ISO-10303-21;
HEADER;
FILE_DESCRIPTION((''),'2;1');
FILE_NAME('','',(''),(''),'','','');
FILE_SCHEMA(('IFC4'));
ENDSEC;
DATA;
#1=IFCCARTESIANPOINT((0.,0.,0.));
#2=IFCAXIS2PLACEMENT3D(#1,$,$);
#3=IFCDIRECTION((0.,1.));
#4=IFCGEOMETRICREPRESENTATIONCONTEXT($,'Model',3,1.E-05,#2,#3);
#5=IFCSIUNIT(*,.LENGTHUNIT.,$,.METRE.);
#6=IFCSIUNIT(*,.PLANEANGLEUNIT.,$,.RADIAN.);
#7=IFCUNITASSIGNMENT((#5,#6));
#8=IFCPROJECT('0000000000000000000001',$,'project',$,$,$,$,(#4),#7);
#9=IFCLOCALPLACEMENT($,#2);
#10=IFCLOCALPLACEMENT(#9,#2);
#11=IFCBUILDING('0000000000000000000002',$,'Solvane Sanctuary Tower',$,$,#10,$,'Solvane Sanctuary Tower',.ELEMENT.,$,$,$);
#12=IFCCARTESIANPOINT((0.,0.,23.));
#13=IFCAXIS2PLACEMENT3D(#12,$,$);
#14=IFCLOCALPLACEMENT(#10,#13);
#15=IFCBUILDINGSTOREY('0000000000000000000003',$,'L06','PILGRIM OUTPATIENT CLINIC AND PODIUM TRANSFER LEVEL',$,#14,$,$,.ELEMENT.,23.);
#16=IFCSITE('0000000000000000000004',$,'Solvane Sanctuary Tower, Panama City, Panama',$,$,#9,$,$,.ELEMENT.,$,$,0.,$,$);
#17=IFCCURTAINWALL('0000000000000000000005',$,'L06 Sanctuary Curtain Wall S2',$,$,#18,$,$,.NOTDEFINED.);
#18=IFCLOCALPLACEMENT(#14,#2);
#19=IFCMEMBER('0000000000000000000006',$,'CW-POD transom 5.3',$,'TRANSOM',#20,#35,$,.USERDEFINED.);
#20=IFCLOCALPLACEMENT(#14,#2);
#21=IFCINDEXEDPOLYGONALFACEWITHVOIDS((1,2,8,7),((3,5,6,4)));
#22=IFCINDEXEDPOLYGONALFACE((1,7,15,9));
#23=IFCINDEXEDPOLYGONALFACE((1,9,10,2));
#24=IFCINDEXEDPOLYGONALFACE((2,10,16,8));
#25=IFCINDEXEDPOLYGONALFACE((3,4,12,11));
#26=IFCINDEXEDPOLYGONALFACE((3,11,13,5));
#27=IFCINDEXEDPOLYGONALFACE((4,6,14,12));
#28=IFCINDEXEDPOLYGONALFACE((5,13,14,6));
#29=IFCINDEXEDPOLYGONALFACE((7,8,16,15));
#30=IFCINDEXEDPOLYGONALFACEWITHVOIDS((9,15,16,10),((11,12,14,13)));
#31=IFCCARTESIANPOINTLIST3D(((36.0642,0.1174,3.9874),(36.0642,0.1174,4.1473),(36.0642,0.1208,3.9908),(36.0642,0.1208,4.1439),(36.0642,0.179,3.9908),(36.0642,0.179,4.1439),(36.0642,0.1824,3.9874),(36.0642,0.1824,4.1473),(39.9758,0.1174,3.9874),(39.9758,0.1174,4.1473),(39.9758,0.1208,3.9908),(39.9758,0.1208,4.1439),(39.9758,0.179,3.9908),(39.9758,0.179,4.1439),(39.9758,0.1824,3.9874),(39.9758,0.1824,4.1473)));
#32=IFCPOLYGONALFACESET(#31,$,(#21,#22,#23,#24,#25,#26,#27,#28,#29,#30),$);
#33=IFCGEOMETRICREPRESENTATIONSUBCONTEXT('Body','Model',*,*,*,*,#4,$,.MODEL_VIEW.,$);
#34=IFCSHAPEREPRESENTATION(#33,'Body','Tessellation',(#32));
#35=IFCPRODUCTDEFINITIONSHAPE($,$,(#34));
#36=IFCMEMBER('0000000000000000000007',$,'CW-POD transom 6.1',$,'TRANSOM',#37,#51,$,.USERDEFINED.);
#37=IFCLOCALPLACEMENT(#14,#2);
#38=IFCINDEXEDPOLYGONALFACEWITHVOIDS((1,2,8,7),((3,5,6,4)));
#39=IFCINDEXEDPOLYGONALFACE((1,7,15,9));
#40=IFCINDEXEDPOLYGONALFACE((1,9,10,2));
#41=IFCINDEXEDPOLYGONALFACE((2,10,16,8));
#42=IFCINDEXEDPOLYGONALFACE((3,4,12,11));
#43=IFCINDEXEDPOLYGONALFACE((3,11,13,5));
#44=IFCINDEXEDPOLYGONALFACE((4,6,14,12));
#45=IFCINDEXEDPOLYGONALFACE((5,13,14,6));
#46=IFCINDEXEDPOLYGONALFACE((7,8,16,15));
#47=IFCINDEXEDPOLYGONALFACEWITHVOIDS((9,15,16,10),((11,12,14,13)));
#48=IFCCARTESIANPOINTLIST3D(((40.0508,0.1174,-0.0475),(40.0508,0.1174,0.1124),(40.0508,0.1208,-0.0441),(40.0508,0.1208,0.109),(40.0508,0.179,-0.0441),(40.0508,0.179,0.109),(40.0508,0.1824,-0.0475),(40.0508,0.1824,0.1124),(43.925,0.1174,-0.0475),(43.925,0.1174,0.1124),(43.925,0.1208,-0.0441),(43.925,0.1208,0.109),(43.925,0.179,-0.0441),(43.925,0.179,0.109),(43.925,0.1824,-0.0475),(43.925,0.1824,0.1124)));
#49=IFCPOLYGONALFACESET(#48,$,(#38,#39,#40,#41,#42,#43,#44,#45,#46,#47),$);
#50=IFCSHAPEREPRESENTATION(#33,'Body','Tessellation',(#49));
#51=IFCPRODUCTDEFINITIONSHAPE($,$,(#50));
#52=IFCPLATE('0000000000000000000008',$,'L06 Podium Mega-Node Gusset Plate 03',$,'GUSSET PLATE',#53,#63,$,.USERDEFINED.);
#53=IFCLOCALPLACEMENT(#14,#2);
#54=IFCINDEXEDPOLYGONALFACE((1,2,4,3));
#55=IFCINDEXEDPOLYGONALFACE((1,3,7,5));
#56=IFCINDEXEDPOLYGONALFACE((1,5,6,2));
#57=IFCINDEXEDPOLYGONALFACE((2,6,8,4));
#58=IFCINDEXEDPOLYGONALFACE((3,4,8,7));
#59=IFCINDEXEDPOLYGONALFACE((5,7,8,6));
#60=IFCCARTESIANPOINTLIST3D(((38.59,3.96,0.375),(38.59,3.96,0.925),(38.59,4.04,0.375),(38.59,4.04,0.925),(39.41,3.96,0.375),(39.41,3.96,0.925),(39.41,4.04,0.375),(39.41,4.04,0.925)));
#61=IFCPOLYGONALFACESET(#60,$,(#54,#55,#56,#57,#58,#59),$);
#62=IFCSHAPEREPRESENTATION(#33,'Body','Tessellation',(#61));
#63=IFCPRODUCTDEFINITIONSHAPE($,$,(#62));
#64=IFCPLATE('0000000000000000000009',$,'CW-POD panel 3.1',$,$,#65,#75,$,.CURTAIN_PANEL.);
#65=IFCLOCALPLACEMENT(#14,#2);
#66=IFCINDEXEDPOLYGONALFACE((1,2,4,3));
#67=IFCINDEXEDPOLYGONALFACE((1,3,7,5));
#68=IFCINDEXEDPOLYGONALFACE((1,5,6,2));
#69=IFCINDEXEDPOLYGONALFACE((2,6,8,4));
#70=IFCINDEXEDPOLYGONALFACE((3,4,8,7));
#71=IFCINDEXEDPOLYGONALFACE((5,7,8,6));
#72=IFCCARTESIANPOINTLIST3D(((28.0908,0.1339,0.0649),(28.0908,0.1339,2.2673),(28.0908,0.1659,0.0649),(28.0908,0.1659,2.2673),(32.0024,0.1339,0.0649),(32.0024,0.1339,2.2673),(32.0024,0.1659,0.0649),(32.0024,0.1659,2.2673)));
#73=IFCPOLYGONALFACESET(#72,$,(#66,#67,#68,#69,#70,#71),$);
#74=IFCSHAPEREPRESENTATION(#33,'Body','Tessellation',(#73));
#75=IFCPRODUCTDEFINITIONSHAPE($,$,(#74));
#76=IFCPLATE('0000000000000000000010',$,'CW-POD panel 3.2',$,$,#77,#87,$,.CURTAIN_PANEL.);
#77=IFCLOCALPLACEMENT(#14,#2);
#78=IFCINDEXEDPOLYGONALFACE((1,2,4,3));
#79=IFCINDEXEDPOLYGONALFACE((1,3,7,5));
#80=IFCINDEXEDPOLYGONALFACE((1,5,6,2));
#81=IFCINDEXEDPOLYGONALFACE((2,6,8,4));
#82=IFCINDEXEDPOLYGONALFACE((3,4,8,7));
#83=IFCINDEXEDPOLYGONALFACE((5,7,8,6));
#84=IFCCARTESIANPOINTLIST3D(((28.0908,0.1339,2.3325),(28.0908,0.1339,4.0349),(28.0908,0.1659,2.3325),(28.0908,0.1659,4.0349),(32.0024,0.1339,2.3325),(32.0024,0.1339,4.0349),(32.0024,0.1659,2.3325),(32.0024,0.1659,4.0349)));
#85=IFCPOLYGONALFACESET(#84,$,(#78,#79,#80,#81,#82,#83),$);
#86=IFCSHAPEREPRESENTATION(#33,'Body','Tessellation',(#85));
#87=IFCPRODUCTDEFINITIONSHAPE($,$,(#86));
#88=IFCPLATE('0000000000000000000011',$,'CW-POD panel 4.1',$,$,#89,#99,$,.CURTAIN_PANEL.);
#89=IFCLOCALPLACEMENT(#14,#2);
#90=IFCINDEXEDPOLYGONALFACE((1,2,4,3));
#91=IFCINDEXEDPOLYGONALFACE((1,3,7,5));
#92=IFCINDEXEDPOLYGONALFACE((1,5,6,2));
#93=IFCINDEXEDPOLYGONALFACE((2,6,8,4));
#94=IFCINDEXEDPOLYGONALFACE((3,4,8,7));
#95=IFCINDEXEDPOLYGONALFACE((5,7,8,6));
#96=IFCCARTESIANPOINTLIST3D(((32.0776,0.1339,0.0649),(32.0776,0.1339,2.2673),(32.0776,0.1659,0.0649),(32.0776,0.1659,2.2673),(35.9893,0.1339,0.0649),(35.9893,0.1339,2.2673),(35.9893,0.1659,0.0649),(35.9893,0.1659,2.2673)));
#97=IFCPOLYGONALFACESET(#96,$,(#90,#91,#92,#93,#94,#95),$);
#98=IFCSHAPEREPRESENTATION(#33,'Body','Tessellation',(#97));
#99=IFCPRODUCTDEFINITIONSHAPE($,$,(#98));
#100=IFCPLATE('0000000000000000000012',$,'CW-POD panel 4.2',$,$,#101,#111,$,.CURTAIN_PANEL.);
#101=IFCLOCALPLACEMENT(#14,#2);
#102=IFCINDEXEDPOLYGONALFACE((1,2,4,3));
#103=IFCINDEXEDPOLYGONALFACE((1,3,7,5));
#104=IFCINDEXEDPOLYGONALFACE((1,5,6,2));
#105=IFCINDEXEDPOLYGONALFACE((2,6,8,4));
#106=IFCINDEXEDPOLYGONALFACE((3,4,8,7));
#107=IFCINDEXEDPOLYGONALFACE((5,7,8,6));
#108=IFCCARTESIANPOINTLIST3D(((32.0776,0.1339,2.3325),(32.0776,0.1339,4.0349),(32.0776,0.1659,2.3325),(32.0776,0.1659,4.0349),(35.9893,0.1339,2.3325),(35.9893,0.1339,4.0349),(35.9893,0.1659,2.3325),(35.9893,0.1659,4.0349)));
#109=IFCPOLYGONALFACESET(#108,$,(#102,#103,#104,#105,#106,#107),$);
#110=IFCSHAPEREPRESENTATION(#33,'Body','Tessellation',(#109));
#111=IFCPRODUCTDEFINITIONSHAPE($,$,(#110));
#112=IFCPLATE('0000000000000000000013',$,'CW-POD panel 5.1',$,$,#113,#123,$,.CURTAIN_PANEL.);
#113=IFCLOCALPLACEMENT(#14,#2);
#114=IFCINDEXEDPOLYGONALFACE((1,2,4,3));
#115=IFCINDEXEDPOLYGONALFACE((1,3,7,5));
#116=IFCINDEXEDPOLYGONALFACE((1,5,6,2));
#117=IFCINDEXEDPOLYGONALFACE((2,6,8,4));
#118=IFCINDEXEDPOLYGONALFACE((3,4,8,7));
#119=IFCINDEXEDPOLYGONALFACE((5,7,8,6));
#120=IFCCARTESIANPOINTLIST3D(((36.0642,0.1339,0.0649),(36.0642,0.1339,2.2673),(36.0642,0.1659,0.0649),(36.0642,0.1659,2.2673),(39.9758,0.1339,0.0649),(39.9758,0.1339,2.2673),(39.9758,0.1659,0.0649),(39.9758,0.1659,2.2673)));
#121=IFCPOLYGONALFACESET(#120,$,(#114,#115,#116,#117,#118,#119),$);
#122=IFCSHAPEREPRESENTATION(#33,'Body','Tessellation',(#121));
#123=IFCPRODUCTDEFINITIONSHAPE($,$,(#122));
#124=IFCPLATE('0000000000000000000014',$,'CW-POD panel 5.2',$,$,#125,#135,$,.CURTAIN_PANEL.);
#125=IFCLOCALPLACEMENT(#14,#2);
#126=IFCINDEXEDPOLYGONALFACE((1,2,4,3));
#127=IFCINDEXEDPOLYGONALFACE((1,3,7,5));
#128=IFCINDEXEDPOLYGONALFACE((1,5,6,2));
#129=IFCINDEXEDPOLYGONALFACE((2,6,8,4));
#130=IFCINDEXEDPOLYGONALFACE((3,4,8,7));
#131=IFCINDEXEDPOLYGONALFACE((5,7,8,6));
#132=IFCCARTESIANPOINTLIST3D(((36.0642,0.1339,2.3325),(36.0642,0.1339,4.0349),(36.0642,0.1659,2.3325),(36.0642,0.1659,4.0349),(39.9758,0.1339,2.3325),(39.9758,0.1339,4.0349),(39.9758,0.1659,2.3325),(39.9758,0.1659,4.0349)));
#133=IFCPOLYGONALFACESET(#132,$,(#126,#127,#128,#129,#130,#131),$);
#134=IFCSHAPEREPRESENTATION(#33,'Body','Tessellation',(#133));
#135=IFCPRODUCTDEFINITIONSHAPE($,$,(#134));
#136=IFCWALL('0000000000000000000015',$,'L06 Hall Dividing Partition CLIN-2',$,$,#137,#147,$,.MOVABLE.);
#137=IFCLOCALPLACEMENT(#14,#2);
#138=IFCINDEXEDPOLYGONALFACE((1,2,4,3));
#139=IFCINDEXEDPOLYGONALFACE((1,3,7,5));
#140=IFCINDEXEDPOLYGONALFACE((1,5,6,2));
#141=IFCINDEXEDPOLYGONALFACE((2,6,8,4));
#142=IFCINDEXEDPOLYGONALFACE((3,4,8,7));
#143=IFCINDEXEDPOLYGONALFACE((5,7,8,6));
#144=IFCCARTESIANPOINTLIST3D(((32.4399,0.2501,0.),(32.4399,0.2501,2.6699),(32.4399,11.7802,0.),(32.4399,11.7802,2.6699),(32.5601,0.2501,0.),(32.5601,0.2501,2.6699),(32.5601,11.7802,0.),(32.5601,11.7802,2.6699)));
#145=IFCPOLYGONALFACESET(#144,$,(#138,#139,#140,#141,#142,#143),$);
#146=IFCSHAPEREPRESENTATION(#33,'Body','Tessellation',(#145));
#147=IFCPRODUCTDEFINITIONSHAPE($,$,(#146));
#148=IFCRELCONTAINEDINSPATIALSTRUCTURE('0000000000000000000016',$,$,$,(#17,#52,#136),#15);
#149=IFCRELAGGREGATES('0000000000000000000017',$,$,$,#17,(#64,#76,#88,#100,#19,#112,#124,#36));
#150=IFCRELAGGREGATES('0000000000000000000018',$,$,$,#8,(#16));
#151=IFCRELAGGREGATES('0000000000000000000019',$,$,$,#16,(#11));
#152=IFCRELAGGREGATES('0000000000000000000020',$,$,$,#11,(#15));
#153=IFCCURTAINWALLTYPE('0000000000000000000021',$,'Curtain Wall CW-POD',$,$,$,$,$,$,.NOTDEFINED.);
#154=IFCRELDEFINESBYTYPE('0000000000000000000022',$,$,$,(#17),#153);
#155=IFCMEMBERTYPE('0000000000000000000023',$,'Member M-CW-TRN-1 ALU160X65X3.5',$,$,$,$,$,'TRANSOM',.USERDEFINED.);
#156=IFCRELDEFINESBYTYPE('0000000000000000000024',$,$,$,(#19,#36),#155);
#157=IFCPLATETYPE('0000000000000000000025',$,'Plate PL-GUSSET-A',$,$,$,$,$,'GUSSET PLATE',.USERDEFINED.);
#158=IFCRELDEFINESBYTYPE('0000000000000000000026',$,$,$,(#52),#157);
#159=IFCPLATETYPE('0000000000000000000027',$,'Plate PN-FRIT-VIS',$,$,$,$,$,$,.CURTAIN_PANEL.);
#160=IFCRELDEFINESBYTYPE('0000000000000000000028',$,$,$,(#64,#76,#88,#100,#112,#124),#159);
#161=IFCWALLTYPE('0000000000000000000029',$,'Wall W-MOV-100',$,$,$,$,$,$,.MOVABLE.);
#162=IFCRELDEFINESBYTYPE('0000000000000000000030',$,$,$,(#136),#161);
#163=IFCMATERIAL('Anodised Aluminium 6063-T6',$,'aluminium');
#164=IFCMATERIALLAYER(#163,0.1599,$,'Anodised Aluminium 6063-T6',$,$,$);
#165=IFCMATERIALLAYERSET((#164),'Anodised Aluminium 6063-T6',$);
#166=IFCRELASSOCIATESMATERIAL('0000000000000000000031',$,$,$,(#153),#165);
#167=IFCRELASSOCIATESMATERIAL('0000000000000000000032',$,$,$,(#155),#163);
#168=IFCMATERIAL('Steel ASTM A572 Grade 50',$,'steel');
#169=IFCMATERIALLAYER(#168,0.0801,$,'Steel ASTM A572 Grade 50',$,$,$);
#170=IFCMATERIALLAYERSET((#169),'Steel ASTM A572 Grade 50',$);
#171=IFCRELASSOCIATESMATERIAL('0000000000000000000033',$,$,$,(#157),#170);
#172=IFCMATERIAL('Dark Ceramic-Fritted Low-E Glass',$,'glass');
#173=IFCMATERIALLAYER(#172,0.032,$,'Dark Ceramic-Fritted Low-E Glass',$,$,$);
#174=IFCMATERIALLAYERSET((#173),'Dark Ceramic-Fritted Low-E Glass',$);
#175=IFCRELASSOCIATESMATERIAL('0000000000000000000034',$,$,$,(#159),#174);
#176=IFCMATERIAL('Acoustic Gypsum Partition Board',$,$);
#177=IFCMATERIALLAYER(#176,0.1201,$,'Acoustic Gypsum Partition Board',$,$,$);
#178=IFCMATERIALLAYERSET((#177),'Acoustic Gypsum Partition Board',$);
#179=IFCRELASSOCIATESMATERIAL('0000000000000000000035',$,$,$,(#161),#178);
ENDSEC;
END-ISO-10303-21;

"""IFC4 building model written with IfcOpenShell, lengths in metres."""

from ifc_helpers import new_model, si_unit, direction, frame, frame_2d, origin, origin_2d, place, context, subcontext, project, spatial, rectangle, hollow_rectangle, extrude, material, layer, layer_set, material_profile, profile_set, type_object, element, aggregate, save


model = new_model("IFC4")

# Units and contexts
model_context = context("Model", 3, precision=1e-05, world=origin(), true_north=direction((0.0, 1.0)))
body_context = subcontext(model_context, "Body", "Model", "MODEL_VIEW")
ifc_project = project(units=[si_unit("LENGTHUNIT", "METRE"), si_unit("PLANEANGLEUNIT", "RADIAN")], contexts=[model_context])

# Site, building, storey
site_placement = place(None, origin())
site = spatial("IfcSite", under=ifc_project, at=site_placement, Name="Solvane Sanctuary Tower, Panama City, Panama", CompositionType="ELEMENT", RefElevation=0.0)
building_placement = place(site_placement, origin())
building = spatial("IfcBuilding", under=site, at=building_placement, Name="Solvane Sanctuary Tower", LongName="Solvane Sanctuary Tower", CompositionType="ELEMENT")
storey_placement = place(building_placement, frame((0.0, 0.0, 23.0)))
storey = spatial("IfcBuildingStorey", under=building, at=storey_placement, Name="L06", Description="PILGRIM OUTPATIENT CLINIC AND PODIUM TRANSFER LEVEL", CompositionType="ELEMENT", Elevation=23.0)

# Curtain wall, members
ifc_material_1 = material(Name="Anodised Aluminium 6063-T6", Category="aluminium")
ifc_layer_1 = layer(ifc_material_1, 0.1599, Name="Anodised Aluminium 6063-T6")
ifc_layer_set_1 = layer_set([ifc_layer_1], Name="Anodised Aluminium 6063-T6")
curtain_wall_type = type_object("IfcCurtainWallType", Name="Curtain Wall CW-POD", PredefinedType="NOTDEFINED", material=ifc_layer_set_1)
curtain_wall_placement = place(storey_placement, origin())
curtain_wall = element("IfcCurtainWall", 1, at=curtain_wall_placement, inside=storey, type_object=curtain_wall_type, Name="L06 Sanctuary Curtain Wall S2", PredefinedType="NOTDEFINED")
ifc_material_profile_1 = material_profile(ifc_material_1, hollow_rectangle(XDim=0.0649, YDim=0.1599, WallThickness=0.0034, at=origin_2d()), Name="ALU160X65X3.5")
ifc_profile_set_1 = profile_set([ifc_material_profile_1], Name="Anodised Aluminium 6063-T6")
member_type_1 = type_object("IfcMemberType", Name="Member M-CW-TRN-1 ALU160X65X3.5", ElementType="TRANSOM", PredefinedType="USERDEFINED", material=ifc_profile_set_1)
member_1_placement = place(storey_placement, frame((36.0642, 0.1499, 4.0674), z_axis=(1.0, 0.0, 0.0), x_axis=(0.0, 1.0, 0.0)))
member_1 = element("IfcMember", 2, at=member_1_placement, type_object=member_type_1, Name="CW-POD transom 5.3", ObjectType="TRANSOM", PredefinedType="USERDEFINED", context=body_context, shape_type="SweptSolid", body=[
    extrude(hollow_rectangle(XDim=0.0649, YDim=0.1599, WallThickness=0.0034, at=origin_2d()), origin(), (0.0, 0.0, 1.0), 3.9116),
])
member_2_placement = place(storey_placement, frame((40.0508, 0.1499, 0.0325), z_axis=(1.0, 0.0, 0.0), x_axis=(0.0, 1.0, 0.0)))
member_2 = element("IfcMember", 3, at=member_2_placement, type_object=member_type_1, Name="CW-POD transom 6.1", ObjectType="TRANSOM", PredefinedType="USERDEFINED", context=body_context, shape_type="SweptSolid", body=[
    extrude(hollow_rectangle(XDim=0.0649, YDim=0.1599, WallThickness=0.0034, at=origin_2d()), origin(), (0.0, 0.0, 1.0), 3.8743),
])

# Plates
ifc_material_2 = material(Name="Steel ASTM A572 Grade 50", Category="steel")
ifc_layer_2 = layer(ifc_material_2, 0.0801, Name="Steel ASTM A572 Grade 50")
ifc_layer_set_2 = layer_set([ifc_layer_2], Name="Steel ASTM A572 Grade 50")
plate_type_1 = type_object("IfcPlateType", Name="Plate PL-GUSSET-A", ElementType="GUSSET PLATE", PredefinedType="USERDEFINED", material=ifc_layer_set_2)
plate_1_placement = place(storey_placement, frame((39.0, 4.0, 0.375), z_axis=(0.0, 0.0, 1.0), x_axis=(1.0, 0.0, 0.0)))
element("IfcPlate", 4, at=plate_1_placement, inside=storey, type_object=plate_type_1, Name="L06 Podium Mega-Node Gusset Plate 03", ObjectType="GUSSET PLATE", PredefinedType="USERDEFINED", context=body_context, shape_type="SweptSolid", body=[
    extrude(rectangle(XDim=0.8201, YDim=0.0801, at=origin_2d()), origin(), (0.0, 0.0, 1.0), 0.55),
])
ifc_material_3 = material(Name="Dark Ceramic-Fritted Low-E Glass", Category="glass")
ifc_layer_3 = layer(ifc_material_3, 0.032, Name="Dark Ceramic-Fritted Low-E Glass")
ifc_layer_set_3 = layer_set([ifc_layer_3], Name="Dark Ceramic-Fritted Low-E Glass")
plate_type_2 = type_object("IfcPlateType", Name="Plate PN-FRIT-VIS", PredefinedType="CURTAIN_PANEL", material=ifc_layer_set_3)
plate_2_placement = place(storey_placement, frame((30.0466, 0.1499, 0.0649), z_axis=(0.0, 0.0, 1.0), x_axis=(1.0, 0.0, 0.0)))
plate_2 = element("IfcPlate", 5, at=plate_2_placement, type_object=plate_type_2, Name="CW-POD panel 3.1", PredefinedType="CURTAIN_PANEL", context=body_context, shape_type="SweptSolid", body=[
    extrude(rectangle(XDim=3.9116, YDim=0.032, at=origin_2d()), origin(), (0.0, 0.0, 1.0), 2.2024),
])
plate_3_placement = place(storey_placement, frame((30.0466, 0.1499, 2.3325), z_axis=(0.0, 0.0, 1.0), x_axis=(1.0, 0.0, 0.0)))
plate_3 = element("IfcPlate", 6, at=plate_3_placement, type_object=plate_type_2, Name="CW-POD panel 3.2", PredefinedType="CURTAIN_PANEL", context=body_context, shape_type="SweptSolid", body=[
    extrude(rectangle(XDim=3.9116, YDim=0.032, at=origin_2d()), origin(), (0.0, 0.0, 1.0), 1.7024),
])
plate_4_placement = place(storey_placement, frame((34.0334, 0.1499, 0.0649), z_axis=(0.0, 0.0, 1.0), x_axis=(1.0, 0.0, 0.0)))
plate_4 = element("IfcPlate", 7, at=plate_4_placement, type_object=plate_type_2, Name="CW-POD panel 4.1", PredefinedType="CURTAIN_PANEL", context=body_context, shape_type="SweptSolid", body=[
    extrude(rectangle(XDim=3.9116, YDim=0.032, at=origin_2d()), origin(), (0.0, 0.0, 1.0), 2.2024),
])
plate_5_placement = place(storey_placement, frame((34.0334, 0.1499, 2.3325), z_axis=(0.0, 0.0, 1.0), x_axis=(1.0, 0.0, 0.0)))
plate_5 = element("IfcPlate", 8, at=plate_5_placement, type_object=plate_type_2, Name="CW-POD panel 4.2", PredefinedType="CURTAIN_PANEL", context=body_context, shape_type="SweptSolid", body=[
    extrude(rectangle(XDim=3.9116, YDim=0.032, at=origin_2d()), origin(), (0.0, 0.0, 1.0), 1.7024),
])
plate_6_placement = place(storey_placement, frame((38.02, 0.1499, 0.0649), z_axis=(0.0, 0.0, 1.0), x_axis=(1.0, 0.0, 0.0)))
plate_6 = element("IfcPlate", 9, at=plate_6_placement, type_object=plate_type_2, Name="CW-POD panel 5.1", PredefinedType="CURTAIN_PANEL", context=body_context, shape_type="SweptSolid", body=[
    extrude(rectangle(XDim=3.9116, YDim=0.032, at=origin_2d()), origin(), (0.0, 0.0, 1.0), 2.2024),
])
plate_7_placement = place(storey_placement, frame((38.02, 0.1499, 2.3325), z_axis=(0.0, 0.0, 1.0), x_axis=(1.0, 0.0, 0.0)))
plate_7 = element("IfcPlate", 10, at=plate_7_placement, type_object=plate_type_2, Name="CW-POD panel 5.2", PredefinedType="CURTAIN_PANEL", context=body_context, shape_type="SweptSolid", body=[
    extrude(rectangle(XDim=3.9116, YDim=0.032, at=origin_2d()), origin(), (0.0, 0.0, 1.0), 1.7024),
])
aggregate(curtain_wall, [plate_2, plate_3, plate_4, plate_5, member_1, plate_6, plate_7, member_2])

# Wall
ifc_material_4 = material(Name="Acoustic Gypsum Partition Board")
ifc_layer_4 = layer(ifc_material_4, 0.1201, Name="Acoustic Gypsum Partition Board")
ifc_layer_set_4 = layer_set([ifc_layer_4], Name="Acoustic Gypsum Partition Board")
wall_type = type_object("IfcWallType", Name="Wall W-MOV-100", PredefinedType="MOVABLE", material=ifc_layer_set_4)
wall_placement = place(storey_placement, frame((32.5, 0.25, 0.0), z_axis=(0.0, 0.0, 1.0), x_axis=(0.0, 1.0, 0.0)))
element("IfcWall", 11, at=wall_placement, inside=storey, type_object=wall_type, Name="L06 Hall Dividing Partition CLIN-2", PredefinedType="MOVABLE", context=body_context, shape_type="SweptSolid", body=[
    extrude(rectangle(XDim=11.53, YDim=0.1201, at=frame_2d((5.7651, 0.0))), origin(), (0.0, 0.0, 1.0), 2.6699),
])

save(model, "model.ifc")
